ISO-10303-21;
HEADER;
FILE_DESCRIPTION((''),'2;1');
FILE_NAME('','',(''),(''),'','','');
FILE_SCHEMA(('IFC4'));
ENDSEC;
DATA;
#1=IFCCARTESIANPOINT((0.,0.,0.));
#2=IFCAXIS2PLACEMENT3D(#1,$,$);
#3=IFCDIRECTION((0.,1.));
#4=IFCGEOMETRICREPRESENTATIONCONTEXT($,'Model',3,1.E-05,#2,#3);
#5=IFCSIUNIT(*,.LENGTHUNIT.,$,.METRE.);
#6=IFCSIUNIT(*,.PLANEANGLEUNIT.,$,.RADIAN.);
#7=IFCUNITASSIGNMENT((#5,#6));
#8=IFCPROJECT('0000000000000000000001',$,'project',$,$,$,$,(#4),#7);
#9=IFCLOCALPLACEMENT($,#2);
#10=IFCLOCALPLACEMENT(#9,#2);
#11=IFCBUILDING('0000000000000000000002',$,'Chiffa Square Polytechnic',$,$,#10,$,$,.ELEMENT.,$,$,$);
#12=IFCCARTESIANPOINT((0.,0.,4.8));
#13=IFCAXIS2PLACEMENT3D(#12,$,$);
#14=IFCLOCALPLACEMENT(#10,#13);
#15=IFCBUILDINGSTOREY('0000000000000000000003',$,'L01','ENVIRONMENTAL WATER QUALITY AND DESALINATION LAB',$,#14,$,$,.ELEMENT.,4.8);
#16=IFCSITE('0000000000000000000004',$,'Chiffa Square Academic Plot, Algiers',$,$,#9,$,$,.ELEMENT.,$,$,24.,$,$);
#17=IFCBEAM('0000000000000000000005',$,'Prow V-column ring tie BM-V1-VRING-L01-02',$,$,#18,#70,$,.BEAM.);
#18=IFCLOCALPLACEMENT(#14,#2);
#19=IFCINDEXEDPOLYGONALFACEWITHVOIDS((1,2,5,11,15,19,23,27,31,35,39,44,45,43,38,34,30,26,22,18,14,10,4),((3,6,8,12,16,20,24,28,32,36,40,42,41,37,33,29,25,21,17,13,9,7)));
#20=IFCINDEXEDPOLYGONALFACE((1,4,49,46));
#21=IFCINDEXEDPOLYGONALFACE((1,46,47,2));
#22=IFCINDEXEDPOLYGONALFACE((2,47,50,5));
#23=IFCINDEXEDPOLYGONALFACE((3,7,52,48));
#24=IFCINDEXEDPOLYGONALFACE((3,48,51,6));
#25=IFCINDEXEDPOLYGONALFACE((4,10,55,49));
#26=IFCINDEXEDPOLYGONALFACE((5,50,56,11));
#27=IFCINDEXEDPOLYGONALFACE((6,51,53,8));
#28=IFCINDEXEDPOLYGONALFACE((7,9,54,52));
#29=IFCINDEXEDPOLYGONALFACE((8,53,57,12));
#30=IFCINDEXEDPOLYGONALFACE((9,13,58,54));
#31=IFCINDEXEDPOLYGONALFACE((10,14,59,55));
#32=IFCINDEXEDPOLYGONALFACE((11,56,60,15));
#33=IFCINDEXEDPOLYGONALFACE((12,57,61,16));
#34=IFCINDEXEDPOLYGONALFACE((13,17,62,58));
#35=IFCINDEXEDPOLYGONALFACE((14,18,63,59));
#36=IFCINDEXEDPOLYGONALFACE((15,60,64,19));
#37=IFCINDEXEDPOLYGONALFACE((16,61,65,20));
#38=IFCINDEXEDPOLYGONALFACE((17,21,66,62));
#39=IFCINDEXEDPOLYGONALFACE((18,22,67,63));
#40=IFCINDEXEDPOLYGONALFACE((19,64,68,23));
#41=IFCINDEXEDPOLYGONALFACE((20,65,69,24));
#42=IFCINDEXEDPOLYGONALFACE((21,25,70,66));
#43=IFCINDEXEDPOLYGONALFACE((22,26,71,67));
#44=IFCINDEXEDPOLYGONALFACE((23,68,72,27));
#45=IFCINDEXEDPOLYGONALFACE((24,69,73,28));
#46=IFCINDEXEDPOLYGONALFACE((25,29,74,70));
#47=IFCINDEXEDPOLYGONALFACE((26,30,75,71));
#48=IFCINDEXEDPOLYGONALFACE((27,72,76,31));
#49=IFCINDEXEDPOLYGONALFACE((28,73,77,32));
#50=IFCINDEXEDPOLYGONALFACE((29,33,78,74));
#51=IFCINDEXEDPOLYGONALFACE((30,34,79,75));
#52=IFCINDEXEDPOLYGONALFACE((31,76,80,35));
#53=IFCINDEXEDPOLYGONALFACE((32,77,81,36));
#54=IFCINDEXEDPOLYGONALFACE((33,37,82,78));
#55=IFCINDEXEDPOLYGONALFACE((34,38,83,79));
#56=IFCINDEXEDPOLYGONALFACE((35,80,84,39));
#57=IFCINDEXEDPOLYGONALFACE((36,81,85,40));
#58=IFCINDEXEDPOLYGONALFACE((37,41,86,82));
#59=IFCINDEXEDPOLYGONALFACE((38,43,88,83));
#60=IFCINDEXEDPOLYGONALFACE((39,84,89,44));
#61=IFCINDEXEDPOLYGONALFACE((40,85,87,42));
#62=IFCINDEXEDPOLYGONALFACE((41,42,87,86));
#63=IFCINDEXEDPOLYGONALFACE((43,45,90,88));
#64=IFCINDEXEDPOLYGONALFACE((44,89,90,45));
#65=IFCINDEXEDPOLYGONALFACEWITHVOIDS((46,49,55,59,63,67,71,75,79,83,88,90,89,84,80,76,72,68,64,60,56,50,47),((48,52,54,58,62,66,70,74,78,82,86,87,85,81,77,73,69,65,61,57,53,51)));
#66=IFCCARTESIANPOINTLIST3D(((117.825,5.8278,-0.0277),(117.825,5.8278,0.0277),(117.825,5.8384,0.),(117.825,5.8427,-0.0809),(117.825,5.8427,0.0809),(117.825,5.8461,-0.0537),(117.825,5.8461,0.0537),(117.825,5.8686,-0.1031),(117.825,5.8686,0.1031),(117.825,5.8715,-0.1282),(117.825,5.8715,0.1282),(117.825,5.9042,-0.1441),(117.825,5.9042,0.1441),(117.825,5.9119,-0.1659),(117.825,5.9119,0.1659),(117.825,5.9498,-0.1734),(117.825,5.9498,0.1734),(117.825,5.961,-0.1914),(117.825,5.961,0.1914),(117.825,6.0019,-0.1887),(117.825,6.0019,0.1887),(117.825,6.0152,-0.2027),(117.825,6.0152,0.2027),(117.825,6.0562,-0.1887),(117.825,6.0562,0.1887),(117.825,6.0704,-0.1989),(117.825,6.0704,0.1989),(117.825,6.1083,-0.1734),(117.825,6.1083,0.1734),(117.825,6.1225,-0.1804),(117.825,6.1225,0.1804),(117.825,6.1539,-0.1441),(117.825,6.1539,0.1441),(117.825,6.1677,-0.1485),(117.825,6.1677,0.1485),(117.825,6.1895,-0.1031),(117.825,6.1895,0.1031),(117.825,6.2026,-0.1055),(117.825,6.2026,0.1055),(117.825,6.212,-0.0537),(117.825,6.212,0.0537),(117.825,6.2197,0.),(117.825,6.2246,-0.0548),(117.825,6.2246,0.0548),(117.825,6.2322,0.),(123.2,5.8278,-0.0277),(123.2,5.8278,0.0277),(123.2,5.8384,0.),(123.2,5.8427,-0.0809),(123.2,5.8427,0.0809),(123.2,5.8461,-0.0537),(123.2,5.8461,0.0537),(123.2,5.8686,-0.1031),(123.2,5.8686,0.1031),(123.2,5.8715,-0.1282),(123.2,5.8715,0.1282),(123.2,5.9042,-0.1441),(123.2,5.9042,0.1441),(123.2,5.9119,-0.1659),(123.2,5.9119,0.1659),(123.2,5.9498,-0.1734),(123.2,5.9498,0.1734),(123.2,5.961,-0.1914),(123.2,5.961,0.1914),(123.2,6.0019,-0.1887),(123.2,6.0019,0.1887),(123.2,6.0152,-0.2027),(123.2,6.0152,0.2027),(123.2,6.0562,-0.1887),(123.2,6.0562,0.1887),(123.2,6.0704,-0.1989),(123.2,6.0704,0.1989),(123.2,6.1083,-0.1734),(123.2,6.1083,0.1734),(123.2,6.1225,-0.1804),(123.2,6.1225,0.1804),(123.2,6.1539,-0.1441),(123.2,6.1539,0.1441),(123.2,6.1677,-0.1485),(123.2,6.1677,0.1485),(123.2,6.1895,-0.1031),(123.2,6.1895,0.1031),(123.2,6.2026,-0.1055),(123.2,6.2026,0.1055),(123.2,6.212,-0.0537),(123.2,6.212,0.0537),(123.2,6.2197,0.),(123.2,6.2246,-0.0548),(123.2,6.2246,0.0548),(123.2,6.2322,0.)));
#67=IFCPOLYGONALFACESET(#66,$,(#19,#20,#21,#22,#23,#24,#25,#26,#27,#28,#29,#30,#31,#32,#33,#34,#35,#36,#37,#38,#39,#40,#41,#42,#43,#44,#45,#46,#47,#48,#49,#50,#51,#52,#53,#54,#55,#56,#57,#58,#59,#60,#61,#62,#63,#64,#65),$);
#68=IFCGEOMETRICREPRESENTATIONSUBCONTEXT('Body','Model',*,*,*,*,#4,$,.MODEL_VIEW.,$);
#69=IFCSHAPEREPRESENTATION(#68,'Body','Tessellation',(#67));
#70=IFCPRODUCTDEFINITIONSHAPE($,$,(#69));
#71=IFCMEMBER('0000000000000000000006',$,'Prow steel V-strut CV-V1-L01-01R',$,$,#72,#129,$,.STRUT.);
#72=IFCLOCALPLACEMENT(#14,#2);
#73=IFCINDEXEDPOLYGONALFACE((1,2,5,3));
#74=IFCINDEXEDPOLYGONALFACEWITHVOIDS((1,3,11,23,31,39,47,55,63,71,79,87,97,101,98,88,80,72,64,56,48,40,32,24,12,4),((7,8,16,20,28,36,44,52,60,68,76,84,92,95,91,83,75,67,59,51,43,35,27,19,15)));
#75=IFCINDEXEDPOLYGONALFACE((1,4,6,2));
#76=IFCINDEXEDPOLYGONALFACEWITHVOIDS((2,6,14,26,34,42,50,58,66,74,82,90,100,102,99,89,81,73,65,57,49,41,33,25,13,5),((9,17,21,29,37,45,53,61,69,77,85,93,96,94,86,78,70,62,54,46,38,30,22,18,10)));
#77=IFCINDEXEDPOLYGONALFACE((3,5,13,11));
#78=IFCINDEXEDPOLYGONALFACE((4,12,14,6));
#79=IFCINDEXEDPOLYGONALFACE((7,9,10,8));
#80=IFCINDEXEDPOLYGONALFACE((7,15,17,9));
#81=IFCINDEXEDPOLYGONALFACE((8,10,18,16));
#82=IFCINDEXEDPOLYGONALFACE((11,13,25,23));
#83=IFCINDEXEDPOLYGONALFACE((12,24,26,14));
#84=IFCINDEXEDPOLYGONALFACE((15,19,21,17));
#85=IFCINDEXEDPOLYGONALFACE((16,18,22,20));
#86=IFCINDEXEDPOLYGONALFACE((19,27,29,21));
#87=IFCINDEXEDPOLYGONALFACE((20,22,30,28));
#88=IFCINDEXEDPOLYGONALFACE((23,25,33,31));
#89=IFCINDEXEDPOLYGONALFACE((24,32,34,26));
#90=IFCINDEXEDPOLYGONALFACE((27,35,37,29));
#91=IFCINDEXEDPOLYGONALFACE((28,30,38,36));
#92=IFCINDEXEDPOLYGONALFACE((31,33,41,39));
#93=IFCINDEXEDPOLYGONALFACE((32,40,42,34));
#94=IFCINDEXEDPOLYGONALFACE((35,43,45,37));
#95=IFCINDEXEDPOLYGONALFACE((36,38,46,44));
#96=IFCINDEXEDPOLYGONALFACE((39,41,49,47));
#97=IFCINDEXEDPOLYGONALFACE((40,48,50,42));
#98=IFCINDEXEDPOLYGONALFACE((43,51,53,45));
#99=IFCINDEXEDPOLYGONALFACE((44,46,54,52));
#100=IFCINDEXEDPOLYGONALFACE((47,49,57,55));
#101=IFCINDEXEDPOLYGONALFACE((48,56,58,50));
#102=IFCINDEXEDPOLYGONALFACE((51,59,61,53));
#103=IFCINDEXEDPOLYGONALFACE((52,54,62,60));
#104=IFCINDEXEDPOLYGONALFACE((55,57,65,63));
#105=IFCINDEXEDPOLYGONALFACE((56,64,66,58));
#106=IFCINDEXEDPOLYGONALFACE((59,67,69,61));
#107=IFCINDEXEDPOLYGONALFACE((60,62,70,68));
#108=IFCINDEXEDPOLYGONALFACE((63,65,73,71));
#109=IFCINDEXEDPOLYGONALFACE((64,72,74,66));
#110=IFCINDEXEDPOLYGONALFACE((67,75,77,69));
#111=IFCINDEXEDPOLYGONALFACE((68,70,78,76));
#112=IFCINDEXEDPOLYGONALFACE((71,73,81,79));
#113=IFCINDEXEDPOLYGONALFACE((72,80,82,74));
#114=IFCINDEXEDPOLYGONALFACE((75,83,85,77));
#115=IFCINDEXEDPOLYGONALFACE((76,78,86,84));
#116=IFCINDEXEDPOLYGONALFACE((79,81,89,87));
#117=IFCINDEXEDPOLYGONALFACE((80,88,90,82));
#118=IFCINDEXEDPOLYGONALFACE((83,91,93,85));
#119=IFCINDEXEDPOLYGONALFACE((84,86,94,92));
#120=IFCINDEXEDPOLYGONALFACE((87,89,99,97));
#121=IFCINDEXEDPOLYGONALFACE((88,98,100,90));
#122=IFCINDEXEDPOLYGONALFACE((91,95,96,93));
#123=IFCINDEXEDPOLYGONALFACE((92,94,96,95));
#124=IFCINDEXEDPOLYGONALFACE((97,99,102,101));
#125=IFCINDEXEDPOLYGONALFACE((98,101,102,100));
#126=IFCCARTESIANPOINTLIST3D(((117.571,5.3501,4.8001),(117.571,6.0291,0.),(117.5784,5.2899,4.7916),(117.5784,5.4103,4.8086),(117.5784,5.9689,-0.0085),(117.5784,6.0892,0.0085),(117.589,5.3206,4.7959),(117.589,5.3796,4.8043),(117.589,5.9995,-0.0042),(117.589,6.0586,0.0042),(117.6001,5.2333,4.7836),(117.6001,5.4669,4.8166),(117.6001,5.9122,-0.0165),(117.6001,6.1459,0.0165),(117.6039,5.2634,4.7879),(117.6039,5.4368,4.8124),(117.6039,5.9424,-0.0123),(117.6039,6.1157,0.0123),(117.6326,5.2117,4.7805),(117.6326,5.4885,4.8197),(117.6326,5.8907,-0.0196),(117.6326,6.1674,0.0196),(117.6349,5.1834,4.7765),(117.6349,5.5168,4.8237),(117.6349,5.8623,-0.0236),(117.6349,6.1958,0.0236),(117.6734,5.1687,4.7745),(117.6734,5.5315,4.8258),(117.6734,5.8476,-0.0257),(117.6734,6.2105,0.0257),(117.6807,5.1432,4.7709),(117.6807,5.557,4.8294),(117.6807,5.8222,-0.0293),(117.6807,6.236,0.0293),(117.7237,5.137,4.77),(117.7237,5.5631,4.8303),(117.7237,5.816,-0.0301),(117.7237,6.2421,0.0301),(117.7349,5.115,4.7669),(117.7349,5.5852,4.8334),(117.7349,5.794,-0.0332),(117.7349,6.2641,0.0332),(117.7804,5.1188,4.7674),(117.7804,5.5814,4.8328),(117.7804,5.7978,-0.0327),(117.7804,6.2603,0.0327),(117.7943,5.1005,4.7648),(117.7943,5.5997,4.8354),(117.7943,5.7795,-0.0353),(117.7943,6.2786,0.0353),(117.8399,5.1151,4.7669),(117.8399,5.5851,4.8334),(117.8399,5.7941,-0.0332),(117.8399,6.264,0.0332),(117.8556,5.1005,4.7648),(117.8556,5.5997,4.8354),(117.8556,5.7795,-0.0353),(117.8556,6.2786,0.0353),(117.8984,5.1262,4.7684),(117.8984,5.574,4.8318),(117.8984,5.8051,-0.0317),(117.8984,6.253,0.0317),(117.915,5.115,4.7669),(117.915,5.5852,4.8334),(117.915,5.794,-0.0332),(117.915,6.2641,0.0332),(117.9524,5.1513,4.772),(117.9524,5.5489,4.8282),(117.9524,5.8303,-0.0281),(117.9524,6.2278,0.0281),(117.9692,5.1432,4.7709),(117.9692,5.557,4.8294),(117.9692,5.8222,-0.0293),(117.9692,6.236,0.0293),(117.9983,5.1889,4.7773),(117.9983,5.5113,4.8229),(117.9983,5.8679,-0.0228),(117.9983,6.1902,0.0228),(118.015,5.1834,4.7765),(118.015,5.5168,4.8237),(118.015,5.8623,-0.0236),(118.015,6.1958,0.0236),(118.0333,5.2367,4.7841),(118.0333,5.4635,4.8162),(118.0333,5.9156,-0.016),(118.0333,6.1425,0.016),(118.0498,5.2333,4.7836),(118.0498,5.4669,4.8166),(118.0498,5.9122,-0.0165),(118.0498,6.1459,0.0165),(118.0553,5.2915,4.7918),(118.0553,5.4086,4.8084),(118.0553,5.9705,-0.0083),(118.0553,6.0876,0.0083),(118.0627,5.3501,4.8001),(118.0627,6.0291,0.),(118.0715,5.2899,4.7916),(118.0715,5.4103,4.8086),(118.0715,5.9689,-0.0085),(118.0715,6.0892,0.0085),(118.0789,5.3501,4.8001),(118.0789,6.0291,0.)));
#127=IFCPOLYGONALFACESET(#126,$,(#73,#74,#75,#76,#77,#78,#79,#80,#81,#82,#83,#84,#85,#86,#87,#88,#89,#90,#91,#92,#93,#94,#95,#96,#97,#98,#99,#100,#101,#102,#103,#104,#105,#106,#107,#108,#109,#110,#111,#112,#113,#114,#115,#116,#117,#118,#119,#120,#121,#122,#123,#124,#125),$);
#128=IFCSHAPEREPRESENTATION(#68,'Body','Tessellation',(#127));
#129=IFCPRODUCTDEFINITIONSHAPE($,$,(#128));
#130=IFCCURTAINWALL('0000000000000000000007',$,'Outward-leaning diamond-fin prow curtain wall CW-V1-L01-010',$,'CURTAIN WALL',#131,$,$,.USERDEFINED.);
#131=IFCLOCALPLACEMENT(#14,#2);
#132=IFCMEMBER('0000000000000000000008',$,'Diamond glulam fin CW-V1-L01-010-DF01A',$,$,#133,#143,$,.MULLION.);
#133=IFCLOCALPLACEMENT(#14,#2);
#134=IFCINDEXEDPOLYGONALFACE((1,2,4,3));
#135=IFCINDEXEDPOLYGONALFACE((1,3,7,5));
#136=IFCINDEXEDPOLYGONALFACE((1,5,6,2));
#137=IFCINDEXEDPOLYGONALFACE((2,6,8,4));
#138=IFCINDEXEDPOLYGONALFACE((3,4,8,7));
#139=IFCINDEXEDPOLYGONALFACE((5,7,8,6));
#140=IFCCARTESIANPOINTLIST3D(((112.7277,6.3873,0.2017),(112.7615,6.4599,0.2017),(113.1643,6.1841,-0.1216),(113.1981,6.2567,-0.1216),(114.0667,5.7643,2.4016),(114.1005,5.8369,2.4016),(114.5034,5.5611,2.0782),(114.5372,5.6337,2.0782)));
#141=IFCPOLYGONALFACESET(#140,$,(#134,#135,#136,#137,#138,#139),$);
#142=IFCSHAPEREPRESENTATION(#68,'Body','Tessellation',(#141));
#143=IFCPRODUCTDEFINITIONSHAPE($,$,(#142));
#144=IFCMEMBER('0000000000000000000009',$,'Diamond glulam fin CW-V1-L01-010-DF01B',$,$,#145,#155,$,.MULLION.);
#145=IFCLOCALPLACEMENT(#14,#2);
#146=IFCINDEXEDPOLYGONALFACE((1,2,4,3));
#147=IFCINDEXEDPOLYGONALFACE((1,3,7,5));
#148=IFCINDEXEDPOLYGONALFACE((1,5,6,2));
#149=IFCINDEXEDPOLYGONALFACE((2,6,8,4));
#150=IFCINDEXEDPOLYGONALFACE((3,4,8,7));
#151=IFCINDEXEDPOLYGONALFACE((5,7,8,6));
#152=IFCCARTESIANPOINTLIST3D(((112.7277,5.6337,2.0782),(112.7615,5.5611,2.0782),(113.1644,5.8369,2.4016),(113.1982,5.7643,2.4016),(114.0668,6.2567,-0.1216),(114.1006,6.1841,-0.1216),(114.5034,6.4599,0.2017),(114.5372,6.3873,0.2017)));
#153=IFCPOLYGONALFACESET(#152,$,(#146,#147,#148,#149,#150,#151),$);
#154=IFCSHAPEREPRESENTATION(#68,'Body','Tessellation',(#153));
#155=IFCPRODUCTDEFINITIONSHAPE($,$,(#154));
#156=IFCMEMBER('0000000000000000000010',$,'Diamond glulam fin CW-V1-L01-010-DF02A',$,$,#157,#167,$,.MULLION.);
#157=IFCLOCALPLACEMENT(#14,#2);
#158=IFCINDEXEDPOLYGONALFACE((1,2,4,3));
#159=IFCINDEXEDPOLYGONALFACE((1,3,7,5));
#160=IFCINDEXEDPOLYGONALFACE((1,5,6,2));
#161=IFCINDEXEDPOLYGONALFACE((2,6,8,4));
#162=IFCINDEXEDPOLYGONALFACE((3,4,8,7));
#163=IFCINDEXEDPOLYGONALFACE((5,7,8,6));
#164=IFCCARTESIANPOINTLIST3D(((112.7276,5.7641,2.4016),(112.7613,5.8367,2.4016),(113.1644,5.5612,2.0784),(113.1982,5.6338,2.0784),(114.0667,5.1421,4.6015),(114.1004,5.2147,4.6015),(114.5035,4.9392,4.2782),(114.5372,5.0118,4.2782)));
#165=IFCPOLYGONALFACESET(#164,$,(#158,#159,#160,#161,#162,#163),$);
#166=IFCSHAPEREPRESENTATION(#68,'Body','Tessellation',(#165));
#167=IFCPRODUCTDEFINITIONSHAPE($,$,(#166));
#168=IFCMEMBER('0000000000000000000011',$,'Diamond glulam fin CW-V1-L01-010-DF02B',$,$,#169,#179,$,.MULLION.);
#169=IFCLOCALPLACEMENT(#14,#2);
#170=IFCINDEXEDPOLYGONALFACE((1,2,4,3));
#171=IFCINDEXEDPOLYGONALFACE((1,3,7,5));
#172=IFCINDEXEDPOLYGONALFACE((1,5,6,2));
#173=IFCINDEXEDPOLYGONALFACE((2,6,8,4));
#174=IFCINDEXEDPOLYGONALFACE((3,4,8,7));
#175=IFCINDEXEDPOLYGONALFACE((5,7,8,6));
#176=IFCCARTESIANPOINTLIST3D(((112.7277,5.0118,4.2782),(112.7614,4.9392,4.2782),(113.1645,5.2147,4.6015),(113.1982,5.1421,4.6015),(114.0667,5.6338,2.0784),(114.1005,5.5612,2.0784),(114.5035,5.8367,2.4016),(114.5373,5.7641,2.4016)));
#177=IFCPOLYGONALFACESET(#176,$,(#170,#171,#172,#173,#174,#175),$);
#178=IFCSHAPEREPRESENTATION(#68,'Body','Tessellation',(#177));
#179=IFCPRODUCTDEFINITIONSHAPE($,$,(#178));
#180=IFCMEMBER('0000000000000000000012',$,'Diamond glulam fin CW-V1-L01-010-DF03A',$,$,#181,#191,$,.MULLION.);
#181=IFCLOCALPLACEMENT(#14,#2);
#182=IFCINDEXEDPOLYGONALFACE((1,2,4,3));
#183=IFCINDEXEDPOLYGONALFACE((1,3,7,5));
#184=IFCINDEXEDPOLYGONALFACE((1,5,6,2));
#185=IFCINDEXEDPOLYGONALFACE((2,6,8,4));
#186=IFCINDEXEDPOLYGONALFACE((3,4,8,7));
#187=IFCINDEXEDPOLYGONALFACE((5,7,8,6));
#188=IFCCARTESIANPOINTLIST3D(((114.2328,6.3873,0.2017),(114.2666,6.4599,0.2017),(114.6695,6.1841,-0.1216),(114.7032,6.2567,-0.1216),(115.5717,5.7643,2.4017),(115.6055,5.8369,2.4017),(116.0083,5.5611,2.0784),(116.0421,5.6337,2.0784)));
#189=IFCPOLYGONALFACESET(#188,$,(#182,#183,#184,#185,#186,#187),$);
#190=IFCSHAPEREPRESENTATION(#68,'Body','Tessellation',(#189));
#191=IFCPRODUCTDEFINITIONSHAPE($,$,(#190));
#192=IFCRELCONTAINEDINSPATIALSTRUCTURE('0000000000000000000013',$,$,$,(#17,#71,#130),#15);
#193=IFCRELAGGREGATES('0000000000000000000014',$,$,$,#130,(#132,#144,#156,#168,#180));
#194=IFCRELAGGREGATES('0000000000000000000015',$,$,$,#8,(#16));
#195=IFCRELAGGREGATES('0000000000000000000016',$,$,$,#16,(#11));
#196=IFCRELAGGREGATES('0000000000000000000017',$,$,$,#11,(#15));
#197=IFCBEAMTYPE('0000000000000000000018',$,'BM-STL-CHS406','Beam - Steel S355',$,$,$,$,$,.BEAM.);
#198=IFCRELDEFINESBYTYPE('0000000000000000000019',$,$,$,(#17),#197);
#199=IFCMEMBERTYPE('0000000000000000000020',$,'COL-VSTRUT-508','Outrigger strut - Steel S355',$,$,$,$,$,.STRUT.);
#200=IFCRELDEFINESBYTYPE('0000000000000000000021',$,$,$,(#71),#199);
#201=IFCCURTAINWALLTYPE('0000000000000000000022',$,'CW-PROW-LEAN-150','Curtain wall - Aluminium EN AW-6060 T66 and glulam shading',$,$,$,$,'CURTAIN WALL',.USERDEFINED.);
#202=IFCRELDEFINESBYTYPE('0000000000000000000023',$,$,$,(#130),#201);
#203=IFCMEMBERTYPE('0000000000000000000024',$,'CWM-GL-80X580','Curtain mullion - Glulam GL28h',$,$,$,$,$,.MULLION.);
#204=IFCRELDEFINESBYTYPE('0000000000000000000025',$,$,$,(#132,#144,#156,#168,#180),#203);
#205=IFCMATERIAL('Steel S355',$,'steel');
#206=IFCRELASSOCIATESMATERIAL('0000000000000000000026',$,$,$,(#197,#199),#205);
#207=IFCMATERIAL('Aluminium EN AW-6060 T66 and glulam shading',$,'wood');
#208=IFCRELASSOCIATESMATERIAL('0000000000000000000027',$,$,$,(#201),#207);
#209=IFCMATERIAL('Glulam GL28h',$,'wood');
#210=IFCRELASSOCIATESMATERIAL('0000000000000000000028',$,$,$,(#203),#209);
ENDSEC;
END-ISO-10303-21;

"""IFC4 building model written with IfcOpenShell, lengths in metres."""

from ifc_helpers import new_model, si_unit, direction, frame, origin, origin_2d, place, context, subcontext, project, spatial, rectangle, hollow_circle, extrude, material, material_profile, profile_set, type_object, element, aggregate, save


model = new_model("IFC4")

# Units and contexts
model_context = context("Model", 3, precision=1e-05, world=origin(), true_north=direction((0.0, 1.0)))
body_context = subcontext(model_context, "Body", "Model", "MODEL_VIEW")
ifc_project = project(units=[si_unit("LENGTHUNIT", "METRE"), si_unit("PLANEANGLEUNIT", "RADIAN")], contexts=[model_context])

# Site, building, storey
site_placement = place(None, origin())
site = spatial("IfcSite", under=ifc_project, at=site_placement, Name="Chiffa Square Academic Plot, Algiers", CompositionType="ELEMENT", RefElevation=24.0)
building_placement = place(site_placement, origin())
building = spatial("IfcBuilding", under=site, at=building_placement, Name="Chiffa Square Polytechnic", CompositionType="ELEMENT")
storey_placement = place(building_placement, frame((0.0, 0.0, 4.8)))
storey = spatial("IfcBuildingStorey", under=building, at=storey_placement, Name="L01", Description="ENVIRONMENTAL WATER QUALITY AND DESALINATION LAB", CompositionType="ELEMENT", Elevation=4.8)

# Beam
ifc_material_1 = material(Name="Steel S355", Category="steel")
ifc_material_profile_1 = material_profile(ifc_material_1, hollow_circle(Radius=0.2031, WallThickness=0.0125, at=origin_2d()), Name="CHS 406.4x12.5")
ifc_profile_set_1 = profile_set([ifc_material_profile_1], Name="Steel S355")
beam_type = type_object("IfcBeamType", Name="BM-STL-CHS406", Description="Beam - Steel S355", PredefinedType="BEAM", material=ifc_profile_set_1)
beam_placement = place(storey_placement, frame((117.825, 6.0291, 0.0), z_axis=(1.0, 0.0, 0.0), x_axis=(0.0, 1.0, 0.0)))
element("IfcBeam", 1, at=beam_placement, inside=storey, type_object=beam_type, Name="Prow V-column ring tie BM-V1-VRING-L01-02", PredefinedType="BEAM", context=body_context, shape_type="SweptSolid", body=[
    extrude(hollow_circle(Radius=0.2031, WallThickness=0.0125, at=origin_2d()), origin(), (0.0, 0.0, 1.0), 5.375),
])

# Member
ifc_material_profile_2 = material_profile(ifc_material_1, hollow_circle(Radius=0.2539, WallThickness=0.0161, at=origin_2d()), Name="CHS 508x16")
ifc_profile_set_2 = profile_set([ifc_material_profile_2], Name="Steel S355")
member_type_1 = type_object("IfcMemberType", Name="COL-VSTRUT-508", Description="Outrigger strut - Steel S355", PredefinedType="STRUT", material=ifc_profile_set_2)
member_1_placement = place(storey_placement, frame((117.825, 6.0291, 0.0), z_axis=(0.0, -0.140053, 0.990144), x_axis=(1.0, 0.0, 0.0)))
element("IfcMember", 2, at=member_1_placement, inside=storey, type_object=member_type_1, Name="Prow steel V-strut CV-V1-L01-01R", PredefinedType="STRUT", context=body_context, shape_type="SweptSolid", body=[
    extrude(hollow_circle(Radius=0.2539, WallThickness=0.0161, at=origin_2d()), origin(), (0.0, 0.0, 1.0), 4.8479),
])

# Curtain wall, members
ifc_material_2 = material(Name="Aluminium EN AW-6060 T66 and glulam shading", Category="wood")
curtain_wall_type_1 = type_object("IfcCurtainWallType", Name="CW-PROW-LEAN-150", Description="Curtain wall - Aluminium EN AW-6060 T66 and glulam shading", ElementType="CURTAIN WALL", PredefinedType="USERDEFINED", material=ifc_material_2)
curtain_wall_1_placement = place(storey_placement, origin())
curtain_wall_1 = element("IfcCurtainWall", 3, at=curtain_wall_1_placement, inside=storey, type_object=curtain_wall_type_1, Name="Outward-leaning diamond-fin prow curtain wall CW-V1-L01-010", ObjectType="CURTAIN WALL", PredefinedType="USERDEFINED")
ifc_material_3 = material(Name="Glulam GL28h", Category="wood")
ifc_material_profile_3 = material_profile(ifc_material_3, rectangle(XDim=0.0801, YDim=0.5801, at=origin_2d()), Name="GL28h 80x580")
ifc_profile_set_3 = profile_set([ifc_material_profile_3], Name="Glulam GL28h")
member_type_2 = type_object("IfcMemberType", Name="CWM-GL-80X580", Description="Curtain mullion - Glulam GL28h", PredefinedType="MULLION", material=ifc_profile_set_3)
member_2_placement = place(storey_placement, frame((112.9629, 6.322, 0.04), z_axis=(0.505372, -0.235134, 0.830248), x_axis=(0.421845, 0.906668, 0.0)))
member_2 = element("IfcMember", 4, at=member_2_placement, type_object=member_type_2, Name="Diamond glulam fin CW-V1-L01-010-DF01A", PredefinedType="MULLION", context=body_context, shape_type="SweptSolid", body=[
    extrude(rectangle(XDim=0.0801, YDim=0.5801, at=origin_2d()), origin(), (0.0, 0.0, 1.0), 2.6497),
])
member_3_placement = place(storey_placement, frame((114.302, 6.322, 0.04), z_axis=(-0.505372, -0.235134, 0.830248), x_axis=(0.421845, -0.906668, 0.0)))
member_3 = element("IfcMember", 5, at=member_3_placement, type_object=member_type_2, Name="Diamond glulam fin CW-V1-L01-010-DF01B", PredefinedType="MULLION", context=body_context, shape_type="SweptSolid", body=[
    extrude(rectangle(XDim=0.0801, YDim=0.5801, at=origin_2d()), origin(), (0.0, 0.0, 1.0), 2.6497),
])
member_4_placement = place(storey_placement, frame((112.9629, 5.699, 2.24), z_axis=(0.505416, -0.234786, 0.830319), x_axis=(0.421301, 0.906921, 0.0)))
member_4 = element("IfcMember", 6, at=member_4_placement, type_object=member_type_2, Name="Diamond glulam fin CW-V1-L01-010-DF02A", PredefinedType="MULLION", context=body_context, shape_type="SweptSolid", body=[
    extrude(rectangle(XDim=0.0801, YDim=0.5801, at=origin_2d()), origin(), (0.0, 0.0, 1.0), 2.6494),
])
member_5_placement = place(storey_placement, frame((114.302, 5.699, 2.24), z_axis=(-0.505416, -0.234786, 0.830319), x_axis=(0.421301, -0.906921, 0.0)))
member_5 = element("IfcMember", 7, at=member_5_placement, type_object=member_type_2, Name="Diamond glulam fin CW-V1-L01-010-DF02B", PredefinedType="MULLION", context=body_context, shape_type="SweptSolid", body=[
    extrude(rectangle(XDim=0.0801, YDim=0.5801, at=origin_2d()), origin(), (0.0, 0.0, 1.0), 2.6494),
])
member_6_placement = place(storey_placement, frame((114.468, 6.322, 0.04), z_axis=(0.505303, -0.235145, 0.830286), x_axis=(0.421908, 0.906639, 0.0)))
member_6 = element("IfcMember", 8, at=member_6_placement, type_object=member_type_2, Name="Diamond glulam fin CW-V1-L01-010-DF03A", PredefinedType="MULLION", context=body_context, shape_type="SweptSolid", body=[
    extrude(rectangle(XDim=0.0801, YDim=0.5801, at=origin_2d()), origin(), (0.0, 0.0, 1.0), 2.6497),
])

aggregate(curtain_wall_1, [member_2, member_3, member_4, member_5, member_6])

save(model, "model.ifc")
